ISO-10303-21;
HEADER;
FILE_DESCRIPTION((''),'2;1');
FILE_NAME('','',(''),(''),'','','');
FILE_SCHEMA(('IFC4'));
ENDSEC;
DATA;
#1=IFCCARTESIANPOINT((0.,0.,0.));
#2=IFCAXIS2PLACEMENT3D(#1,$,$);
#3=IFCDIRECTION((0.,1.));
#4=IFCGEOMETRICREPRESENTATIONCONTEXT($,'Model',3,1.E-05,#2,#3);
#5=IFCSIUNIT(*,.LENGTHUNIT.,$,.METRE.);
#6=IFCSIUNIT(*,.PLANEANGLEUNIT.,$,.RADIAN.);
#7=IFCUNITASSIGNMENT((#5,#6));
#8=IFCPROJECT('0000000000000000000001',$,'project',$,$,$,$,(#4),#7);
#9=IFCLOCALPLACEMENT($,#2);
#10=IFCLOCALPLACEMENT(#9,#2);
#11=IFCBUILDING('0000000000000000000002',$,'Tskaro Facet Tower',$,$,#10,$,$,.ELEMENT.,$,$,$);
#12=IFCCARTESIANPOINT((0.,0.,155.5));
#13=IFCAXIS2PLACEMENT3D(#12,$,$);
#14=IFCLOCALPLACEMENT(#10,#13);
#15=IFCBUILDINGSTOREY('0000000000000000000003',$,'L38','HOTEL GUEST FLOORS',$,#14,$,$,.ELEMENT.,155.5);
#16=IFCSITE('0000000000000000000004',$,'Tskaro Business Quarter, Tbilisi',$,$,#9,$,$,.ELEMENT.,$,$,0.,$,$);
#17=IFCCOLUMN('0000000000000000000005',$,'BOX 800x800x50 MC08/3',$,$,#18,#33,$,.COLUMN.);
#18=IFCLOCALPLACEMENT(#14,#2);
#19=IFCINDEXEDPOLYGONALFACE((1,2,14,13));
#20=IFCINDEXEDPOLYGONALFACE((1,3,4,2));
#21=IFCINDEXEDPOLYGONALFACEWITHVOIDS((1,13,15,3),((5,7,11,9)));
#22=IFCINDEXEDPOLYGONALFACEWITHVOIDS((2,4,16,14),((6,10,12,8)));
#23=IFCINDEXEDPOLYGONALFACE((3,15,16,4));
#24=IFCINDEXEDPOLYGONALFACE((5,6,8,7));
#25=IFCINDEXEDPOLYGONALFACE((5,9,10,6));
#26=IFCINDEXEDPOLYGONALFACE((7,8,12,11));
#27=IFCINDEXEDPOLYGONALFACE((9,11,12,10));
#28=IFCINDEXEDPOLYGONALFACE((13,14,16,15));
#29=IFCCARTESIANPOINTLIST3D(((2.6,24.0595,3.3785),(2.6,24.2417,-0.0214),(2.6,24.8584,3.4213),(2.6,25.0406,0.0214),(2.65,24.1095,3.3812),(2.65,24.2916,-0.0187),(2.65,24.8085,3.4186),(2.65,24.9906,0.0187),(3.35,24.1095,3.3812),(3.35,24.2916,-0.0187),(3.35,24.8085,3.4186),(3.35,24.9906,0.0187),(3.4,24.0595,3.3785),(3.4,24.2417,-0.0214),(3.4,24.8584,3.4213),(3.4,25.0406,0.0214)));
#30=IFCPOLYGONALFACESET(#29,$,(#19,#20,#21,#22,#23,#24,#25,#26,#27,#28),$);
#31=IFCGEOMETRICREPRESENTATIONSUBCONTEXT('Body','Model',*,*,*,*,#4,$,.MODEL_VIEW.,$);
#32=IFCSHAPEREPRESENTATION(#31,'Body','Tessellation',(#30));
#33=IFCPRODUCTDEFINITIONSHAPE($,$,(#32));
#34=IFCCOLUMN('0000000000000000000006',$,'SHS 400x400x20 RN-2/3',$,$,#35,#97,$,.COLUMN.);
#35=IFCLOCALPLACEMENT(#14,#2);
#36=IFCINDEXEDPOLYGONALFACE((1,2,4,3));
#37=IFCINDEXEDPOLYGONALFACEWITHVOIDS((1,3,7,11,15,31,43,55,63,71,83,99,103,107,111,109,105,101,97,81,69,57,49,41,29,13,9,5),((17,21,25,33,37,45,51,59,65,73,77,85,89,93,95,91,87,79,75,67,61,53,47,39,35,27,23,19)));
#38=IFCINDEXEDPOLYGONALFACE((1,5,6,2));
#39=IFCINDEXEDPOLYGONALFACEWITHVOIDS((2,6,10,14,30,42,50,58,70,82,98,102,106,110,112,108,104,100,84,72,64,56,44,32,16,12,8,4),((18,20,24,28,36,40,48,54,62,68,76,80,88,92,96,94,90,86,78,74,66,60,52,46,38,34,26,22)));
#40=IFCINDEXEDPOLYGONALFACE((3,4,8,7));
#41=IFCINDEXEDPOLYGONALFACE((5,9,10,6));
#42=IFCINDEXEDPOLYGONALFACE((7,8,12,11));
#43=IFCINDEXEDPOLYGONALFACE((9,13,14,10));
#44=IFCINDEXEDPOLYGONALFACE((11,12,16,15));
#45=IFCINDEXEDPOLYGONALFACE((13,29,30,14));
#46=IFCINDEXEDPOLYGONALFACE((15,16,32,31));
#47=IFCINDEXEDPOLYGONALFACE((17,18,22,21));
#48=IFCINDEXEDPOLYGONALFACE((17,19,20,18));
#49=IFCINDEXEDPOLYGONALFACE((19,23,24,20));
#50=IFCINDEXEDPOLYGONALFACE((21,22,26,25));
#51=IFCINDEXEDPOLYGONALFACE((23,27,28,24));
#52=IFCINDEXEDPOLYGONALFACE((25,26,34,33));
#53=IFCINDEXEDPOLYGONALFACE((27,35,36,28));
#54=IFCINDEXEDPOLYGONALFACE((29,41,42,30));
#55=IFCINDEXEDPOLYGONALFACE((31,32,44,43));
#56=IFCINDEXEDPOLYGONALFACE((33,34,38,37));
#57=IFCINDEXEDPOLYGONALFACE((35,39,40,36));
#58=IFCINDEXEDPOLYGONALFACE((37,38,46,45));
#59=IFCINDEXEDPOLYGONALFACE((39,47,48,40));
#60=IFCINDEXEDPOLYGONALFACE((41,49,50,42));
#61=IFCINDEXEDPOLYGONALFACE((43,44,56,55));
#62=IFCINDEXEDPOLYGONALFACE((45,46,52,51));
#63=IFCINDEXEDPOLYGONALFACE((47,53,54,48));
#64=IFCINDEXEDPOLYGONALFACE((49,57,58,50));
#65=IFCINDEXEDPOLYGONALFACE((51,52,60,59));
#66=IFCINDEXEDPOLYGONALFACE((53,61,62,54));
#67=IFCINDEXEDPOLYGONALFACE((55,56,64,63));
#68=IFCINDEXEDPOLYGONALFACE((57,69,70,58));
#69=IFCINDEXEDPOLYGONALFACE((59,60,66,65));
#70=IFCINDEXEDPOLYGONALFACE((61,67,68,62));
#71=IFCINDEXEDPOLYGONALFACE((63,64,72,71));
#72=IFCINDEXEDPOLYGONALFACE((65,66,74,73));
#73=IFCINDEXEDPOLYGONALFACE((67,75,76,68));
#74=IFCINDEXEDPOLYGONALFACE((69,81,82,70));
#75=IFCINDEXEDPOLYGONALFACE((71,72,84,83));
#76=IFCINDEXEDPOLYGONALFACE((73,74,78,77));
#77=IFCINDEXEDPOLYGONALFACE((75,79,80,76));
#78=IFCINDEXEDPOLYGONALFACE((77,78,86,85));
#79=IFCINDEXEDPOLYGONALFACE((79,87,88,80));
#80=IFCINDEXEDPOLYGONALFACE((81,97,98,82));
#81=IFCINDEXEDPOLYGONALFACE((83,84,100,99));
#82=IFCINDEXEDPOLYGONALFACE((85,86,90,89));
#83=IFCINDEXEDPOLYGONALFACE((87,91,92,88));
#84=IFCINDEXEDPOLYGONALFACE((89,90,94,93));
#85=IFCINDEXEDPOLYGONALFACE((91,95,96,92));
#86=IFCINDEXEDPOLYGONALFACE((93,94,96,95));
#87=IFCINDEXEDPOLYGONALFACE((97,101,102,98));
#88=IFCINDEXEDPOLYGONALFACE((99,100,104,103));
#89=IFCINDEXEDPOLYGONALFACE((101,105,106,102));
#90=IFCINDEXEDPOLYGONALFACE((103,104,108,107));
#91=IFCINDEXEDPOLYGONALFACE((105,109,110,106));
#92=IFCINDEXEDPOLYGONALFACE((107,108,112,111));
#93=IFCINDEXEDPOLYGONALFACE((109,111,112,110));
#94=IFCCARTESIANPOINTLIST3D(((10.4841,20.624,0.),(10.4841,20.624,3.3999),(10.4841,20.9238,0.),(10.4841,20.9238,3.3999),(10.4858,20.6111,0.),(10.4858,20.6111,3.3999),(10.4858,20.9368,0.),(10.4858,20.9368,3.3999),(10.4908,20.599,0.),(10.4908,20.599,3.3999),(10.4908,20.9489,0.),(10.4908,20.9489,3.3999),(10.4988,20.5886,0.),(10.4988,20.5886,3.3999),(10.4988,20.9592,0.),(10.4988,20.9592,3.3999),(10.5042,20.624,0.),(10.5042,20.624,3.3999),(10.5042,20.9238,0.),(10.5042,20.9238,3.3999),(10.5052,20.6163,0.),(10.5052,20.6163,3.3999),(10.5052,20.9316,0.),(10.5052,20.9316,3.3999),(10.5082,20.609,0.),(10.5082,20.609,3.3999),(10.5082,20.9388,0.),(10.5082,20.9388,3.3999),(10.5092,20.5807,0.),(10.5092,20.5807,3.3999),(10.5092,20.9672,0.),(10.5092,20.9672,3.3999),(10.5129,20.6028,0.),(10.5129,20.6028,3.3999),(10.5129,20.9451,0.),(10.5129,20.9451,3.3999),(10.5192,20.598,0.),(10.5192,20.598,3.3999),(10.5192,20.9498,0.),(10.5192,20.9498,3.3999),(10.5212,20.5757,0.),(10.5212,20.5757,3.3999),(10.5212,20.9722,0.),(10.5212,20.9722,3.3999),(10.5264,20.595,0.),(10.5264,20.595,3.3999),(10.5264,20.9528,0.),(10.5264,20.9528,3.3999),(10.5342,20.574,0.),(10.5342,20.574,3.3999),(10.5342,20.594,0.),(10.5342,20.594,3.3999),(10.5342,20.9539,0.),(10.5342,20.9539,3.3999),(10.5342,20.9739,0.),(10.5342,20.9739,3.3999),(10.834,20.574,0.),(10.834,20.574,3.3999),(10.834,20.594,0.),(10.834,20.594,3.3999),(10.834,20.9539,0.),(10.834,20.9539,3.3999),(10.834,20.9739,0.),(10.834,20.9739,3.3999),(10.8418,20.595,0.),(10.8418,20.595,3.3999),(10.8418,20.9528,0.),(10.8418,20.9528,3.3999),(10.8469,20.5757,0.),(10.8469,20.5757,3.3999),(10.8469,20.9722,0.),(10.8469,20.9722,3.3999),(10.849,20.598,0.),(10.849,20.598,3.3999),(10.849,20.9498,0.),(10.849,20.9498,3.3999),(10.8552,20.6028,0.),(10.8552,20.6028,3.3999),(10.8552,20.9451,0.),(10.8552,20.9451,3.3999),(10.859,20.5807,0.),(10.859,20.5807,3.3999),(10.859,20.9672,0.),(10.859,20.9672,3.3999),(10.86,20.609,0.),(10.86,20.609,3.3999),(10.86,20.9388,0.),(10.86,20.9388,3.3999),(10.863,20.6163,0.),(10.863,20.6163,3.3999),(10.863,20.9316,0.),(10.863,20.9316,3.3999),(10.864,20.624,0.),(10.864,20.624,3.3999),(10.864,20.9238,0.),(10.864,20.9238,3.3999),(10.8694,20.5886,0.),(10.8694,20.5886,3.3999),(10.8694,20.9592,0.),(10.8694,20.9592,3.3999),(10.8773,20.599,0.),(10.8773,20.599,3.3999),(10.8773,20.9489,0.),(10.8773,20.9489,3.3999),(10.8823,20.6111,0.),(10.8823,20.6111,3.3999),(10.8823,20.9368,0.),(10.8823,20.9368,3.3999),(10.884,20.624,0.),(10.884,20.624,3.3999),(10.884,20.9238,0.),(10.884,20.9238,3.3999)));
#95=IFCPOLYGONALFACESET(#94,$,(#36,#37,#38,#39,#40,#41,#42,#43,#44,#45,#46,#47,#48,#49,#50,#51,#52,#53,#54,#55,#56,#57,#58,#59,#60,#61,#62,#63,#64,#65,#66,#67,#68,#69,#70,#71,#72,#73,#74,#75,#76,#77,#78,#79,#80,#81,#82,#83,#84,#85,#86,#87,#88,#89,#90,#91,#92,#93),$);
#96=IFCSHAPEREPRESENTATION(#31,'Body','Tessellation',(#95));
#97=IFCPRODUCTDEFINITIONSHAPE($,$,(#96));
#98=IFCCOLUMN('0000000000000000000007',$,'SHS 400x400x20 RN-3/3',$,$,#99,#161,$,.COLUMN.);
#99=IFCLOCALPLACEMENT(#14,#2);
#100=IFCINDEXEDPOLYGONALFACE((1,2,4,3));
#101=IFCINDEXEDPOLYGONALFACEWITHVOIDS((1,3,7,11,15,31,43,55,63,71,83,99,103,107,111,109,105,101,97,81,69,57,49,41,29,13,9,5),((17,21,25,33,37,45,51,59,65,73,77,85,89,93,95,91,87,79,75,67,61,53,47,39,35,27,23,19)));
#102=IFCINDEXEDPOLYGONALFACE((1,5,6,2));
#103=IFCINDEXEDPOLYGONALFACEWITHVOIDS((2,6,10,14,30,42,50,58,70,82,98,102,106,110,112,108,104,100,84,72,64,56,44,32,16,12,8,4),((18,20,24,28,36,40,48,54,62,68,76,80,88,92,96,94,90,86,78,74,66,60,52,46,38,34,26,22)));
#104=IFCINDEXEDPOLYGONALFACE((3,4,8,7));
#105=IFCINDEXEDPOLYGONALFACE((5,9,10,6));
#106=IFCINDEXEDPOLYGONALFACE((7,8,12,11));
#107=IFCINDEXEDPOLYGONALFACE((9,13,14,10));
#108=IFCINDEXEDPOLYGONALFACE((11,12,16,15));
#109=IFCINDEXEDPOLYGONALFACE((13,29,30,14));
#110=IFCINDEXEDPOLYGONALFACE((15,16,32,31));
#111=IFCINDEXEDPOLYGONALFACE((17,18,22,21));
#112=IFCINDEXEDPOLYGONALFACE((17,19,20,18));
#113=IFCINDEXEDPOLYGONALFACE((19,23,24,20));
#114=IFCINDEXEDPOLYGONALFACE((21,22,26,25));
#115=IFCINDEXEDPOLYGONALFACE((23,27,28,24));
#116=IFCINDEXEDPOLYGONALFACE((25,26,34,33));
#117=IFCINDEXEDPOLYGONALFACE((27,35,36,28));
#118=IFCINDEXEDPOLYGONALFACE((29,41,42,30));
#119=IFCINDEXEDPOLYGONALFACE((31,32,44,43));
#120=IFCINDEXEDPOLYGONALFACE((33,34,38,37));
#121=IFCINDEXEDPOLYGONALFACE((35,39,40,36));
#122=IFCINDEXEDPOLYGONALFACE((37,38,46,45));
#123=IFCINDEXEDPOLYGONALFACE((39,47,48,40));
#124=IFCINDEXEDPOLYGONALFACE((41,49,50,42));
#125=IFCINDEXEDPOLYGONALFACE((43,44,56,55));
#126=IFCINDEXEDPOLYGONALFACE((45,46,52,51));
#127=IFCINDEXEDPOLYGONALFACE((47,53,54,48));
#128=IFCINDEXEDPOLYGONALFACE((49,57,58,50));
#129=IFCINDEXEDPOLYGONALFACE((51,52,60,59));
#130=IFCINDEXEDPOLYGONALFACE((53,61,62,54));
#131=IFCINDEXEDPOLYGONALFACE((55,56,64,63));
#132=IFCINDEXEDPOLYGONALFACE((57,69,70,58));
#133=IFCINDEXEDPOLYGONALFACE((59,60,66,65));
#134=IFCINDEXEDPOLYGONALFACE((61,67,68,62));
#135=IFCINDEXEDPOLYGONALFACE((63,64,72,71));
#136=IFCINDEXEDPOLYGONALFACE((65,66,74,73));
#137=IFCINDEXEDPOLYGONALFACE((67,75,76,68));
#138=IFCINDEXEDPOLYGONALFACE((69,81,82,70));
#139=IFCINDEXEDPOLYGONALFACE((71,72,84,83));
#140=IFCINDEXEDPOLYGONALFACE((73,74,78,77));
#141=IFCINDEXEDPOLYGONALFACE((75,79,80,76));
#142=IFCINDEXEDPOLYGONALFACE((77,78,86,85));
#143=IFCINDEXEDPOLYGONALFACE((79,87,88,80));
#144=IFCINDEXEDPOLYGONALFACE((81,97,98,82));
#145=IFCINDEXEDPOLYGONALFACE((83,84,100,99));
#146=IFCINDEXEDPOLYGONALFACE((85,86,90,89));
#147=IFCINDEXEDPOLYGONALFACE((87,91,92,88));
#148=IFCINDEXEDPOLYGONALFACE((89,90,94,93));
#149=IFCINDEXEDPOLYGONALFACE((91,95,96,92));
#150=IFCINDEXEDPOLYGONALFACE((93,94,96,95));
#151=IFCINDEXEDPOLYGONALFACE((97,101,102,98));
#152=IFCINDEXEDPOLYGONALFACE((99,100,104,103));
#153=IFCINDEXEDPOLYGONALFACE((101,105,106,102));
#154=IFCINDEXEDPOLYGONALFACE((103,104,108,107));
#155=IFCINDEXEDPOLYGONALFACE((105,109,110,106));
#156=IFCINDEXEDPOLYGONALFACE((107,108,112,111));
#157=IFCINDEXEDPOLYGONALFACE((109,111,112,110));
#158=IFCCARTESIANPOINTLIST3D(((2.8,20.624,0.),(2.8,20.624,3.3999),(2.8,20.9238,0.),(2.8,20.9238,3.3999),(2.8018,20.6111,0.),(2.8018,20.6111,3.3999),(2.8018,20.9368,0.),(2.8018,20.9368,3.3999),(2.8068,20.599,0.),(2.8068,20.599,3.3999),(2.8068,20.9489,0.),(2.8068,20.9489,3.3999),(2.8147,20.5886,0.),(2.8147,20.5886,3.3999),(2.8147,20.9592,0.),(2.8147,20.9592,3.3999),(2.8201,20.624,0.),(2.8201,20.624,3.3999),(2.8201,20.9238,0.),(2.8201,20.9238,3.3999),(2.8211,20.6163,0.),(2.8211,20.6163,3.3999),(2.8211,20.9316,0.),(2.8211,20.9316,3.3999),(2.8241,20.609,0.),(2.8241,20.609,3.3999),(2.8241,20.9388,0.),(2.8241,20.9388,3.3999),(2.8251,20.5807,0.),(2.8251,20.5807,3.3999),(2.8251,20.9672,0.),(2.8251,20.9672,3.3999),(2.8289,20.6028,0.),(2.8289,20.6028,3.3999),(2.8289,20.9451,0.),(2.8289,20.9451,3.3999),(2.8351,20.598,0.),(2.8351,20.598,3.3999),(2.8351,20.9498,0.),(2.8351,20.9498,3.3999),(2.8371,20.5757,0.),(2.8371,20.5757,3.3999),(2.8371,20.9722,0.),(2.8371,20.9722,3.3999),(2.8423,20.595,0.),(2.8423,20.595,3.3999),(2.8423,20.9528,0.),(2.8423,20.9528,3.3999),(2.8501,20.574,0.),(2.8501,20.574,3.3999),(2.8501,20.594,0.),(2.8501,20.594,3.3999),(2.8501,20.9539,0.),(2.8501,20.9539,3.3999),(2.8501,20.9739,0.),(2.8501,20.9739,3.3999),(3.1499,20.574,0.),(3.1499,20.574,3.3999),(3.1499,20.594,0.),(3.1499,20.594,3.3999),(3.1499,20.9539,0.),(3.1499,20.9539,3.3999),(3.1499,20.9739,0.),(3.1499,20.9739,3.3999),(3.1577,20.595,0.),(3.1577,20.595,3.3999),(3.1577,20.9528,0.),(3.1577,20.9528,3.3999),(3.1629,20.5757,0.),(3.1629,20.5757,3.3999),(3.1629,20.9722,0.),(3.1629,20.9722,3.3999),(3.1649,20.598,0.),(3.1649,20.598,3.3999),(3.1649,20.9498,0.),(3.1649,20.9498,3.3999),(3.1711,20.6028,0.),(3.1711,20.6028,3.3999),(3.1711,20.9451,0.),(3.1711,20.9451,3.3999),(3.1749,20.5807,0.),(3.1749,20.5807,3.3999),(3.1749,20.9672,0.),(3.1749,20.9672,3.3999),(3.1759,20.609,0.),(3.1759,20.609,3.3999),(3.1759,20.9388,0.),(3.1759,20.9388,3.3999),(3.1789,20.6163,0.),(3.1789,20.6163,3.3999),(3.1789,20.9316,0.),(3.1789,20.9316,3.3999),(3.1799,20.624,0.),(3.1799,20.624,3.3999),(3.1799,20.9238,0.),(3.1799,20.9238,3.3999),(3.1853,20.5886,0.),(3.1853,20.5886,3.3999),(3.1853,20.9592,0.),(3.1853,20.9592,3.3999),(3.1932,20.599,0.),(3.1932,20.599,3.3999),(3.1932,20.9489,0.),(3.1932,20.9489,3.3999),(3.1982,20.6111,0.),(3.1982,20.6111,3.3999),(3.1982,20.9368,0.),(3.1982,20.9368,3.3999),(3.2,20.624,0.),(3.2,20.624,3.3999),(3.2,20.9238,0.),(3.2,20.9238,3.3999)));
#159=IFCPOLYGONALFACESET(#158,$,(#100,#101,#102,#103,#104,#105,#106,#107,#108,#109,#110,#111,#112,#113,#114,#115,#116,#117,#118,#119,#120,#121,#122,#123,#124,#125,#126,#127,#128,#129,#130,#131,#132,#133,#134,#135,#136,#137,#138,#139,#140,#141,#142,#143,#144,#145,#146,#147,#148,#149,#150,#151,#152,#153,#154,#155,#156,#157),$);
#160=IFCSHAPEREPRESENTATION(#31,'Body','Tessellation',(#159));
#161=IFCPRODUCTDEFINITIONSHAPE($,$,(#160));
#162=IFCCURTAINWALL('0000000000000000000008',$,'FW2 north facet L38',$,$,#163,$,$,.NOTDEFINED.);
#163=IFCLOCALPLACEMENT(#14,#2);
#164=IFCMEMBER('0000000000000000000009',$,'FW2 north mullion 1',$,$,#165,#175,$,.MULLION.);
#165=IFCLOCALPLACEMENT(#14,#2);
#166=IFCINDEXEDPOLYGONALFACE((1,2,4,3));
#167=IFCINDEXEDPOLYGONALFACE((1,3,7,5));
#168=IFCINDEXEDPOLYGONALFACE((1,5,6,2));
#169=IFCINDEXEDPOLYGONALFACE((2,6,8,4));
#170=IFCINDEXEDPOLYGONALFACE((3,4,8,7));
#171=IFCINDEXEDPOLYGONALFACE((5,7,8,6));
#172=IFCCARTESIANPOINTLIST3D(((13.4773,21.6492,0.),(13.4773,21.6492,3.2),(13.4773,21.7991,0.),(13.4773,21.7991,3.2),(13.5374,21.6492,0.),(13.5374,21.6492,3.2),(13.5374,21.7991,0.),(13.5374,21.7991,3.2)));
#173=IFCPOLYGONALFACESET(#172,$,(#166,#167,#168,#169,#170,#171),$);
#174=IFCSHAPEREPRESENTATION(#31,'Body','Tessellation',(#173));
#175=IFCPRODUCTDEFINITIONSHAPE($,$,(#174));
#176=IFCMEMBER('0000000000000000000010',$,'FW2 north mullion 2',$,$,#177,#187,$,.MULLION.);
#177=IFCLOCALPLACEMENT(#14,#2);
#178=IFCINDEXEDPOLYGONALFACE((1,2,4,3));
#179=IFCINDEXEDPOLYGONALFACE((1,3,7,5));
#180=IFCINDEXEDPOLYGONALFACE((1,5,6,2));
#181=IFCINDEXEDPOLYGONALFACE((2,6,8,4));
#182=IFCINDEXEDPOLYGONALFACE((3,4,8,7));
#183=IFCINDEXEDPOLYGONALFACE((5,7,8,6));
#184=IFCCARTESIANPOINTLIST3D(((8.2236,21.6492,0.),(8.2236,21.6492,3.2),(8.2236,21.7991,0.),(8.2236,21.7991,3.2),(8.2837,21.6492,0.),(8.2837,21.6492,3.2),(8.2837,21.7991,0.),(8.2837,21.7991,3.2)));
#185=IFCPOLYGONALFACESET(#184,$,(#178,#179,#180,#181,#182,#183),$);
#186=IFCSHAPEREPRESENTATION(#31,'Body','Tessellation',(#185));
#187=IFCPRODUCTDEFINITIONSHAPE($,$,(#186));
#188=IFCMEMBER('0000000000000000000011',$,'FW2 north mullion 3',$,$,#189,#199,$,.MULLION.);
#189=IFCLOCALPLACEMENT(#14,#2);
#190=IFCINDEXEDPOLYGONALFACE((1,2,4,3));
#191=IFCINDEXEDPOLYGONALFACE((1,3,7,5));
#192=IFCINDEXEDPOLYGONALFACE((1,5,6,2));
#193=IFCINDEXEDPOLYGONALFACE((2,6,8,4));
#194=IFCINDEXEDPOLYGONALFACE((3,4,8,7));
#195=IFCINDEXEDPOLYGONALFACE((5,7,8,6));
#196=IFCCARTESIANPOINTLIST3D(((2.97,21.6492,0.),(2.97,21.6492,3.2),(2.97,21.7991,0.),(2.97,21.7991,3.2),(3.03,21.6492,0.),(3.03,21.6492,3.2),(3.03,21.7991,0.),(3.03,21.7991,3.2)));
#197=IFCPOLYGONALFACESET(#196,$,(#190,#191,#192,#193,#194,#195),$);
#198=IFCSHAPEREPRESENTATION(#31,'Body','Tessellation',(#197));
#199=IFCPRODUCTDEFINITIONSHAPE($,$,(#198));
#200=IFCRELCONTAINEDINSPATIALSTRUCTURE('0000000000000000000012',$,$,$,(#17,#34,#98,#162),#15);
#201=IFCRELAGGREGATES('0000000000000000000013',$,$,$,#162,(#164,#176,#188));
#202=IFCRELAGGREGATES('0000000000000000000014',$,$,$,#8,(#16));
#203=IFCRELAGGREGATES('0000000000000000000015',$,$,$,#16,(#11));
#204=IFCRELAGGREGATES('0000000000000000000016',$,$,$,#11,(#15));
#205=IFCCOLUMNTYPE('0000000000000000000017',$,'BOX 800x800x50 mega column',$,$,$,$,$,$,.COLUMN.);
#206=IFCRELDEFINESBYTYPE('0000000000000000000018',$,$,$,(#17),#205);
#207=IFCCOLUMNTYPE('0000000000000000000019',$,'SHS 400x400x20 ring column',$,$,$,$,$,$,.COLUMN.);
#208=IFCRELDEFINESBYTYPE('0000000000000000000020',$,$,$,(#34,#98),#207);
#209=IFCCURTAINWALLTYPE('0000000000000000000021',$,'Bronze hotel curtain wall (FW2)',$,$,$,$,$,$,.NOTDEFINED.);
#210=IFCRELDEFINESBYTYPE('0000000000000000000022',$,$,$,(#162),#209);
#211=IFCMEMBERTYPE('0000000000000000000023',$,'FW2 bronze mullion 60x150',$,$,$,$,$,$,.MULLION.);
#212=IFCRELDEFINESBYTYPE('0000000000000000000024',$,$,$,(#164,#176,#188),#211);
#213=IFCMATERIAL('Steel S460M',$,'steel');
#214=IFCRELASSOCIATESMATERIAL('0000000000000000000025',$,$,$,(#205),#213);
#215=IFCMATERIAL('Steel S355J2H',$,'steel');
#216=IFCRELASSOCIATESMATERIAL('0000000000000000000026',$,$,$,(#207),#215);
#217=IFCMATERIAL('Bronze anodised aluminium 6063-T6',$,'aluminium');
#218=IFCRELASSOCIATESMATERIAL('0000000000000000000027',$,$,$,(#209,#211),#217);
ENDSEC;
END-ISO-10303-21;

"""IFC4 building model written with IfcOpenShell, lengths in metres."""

from ifc_helpers import new_model, si_unit, direction, frame, origin, origin_2d, place, context, subcontext, project, spatial, rectangle, hollow_rectangle, extrude, material, material_profile, profile_set, type_object, element, aggregate, save


model = new_model("IFC4")

# Units and contexts
model_context = context("Model", 3, precision=1e-05, world=origin(), true_north=direction((0.0, 1.0)))
body_context = subcontext(model_context, "Body", "Model", "MODEL_VIEW")
ifc_project = project(units=[si_unit("LENGTHUNIT", "METRE"), si_unit("PLANEANGLEUNIT", "RADIAN")], contexts=[model_context])

# Site, building, storey
site_placement = place(None, origin())
site = spatial("IfcSite", under=ifc_project, at=site_placement, Name="Tskaro Business Quarter, Tbilisi", CompositionType="ELEMENT", RefElevation=0.0)
building_placement = place(site_placement, origin())
building = spatial("IfcBuilding", under=site, at=building_placement, Name="Tskaro Facet Tower", CompositionType="ELEMENT")
storey_placement = place(building_placement, frame((0.0, 0.0, 155.5)))
storey = spatial("IfcBuildingStorey", under=building, at=storey_placement, Name="L38", Description="HOTEL GUEST FLOORS", CompositionType="ELEMENT", Elevation=155.5)

# Columns
ifc_material_1 = material(Name="Steel S460M", Category="steel")
ifc_material_profile_1 = material_profile(ifc_material_1, hollow_rectangle(XDim=0.8, YDim=0.8, WallThickness=0.05, at=origin_2d()), Name="BOX 800x800x50")
ifc_profile_set_1 = profile_set([ifc_material_profile_1], Name="Steel S460M")
column_type_1 = type_object("IfcColumnType", Name="BOX 800x800x50 mega column", PredefinedType="COLUMN", material=ifc_profile_set_1)
column_placement = place(storey_placement, frame((3.0, 24.6411, 0.0), z_axis=(0.0, -0.053492, 0.998568), x_axis=(1.0, 0.0, 0.0)))
element("IfcColumn", 1, at=column_placement, inside=storey, type_object=column_type_1, Name="BOX 800x800x50 MC08/3", PredefinedType="COLUMN", context=body_context, shape_type="SweptSolid", body=[
    extrude(hollow_rectangle(XDim=0.8, YDim=0.8, WallThickness=0.05, at=origin_2d()), origin(), (0.0, 0.0, 1.0), 3.4048),
])
ifc_material_2 = material(Name="Steel S355J2H", Category="steel")
ifc_material_profile_2 = material_profile(ifc_material_2, hollow_rectangle(XDim=0.3999, YDim=0.3999, WallThickness=0.02, InnerFilletRadius=0.03, OuterFilletRadius=0.05, at=origin_2d()), Name="SHS 400x400x20")
ifc_profile_set_2 = profile_set([ifc_material_profile_2], Name="Steel S355J2H")
column_type_2 = type_object("IfcColumnType", Name="SHS 400x400x20 ring column", PredefinedType="COLUMN", material=ifc_profile_set_2)
for number, where, z_axis, x_axis, name in (
    (2, (10.6841, 20.7739, 0.0), (0.0, 0.0, 1.0), (1.0, 0.0, 0.0), "SHS 400x400x20 RN-2/3"),
    (3, (3.0, 20.7739, 0.0), (0.0, 0.0, 1.0), (1.0, 0.0, 0.0), "SHS 400x400x20 RN-3/3"),
):
    element("IfcColumn", number, at=place(storey_placement, frame(where, z_axis=z_axis, x_axis=x_axis)), inside=storey, type_object=column_type_2, Name=name, PredefinedType="COLUMN", context=body_context, shape_type="SweptSolid", body=[
        extrude(hollow_rectangle(XDim=0.3999, YDim=0.3999, WallThickness=0.02, InnerFilletRadius=0.03, OuterFilletRadius=0.05, at=origin_2d()), origin(), (0.0, 0.0, 1.0), 3.3999),
    ])

# Curtain wall, members
ifc_material_3 = material(Name="Bronze anodised aluminium 6063-T6", Category="aluminium")
curtain_wall_type = type_object("IfcCurtainWallType", Name="Bronze hotel curtain wall (FW2)", PredefinedType="NOTDEFINED", material=ifc_material_3)
curtain_wall_placement = place(storey_placement, origin())
curtain_wall = element("IfcCurtainWall", 4, at=curtain_wall_placement, inside=storey, type_object=curtain_wall_type, Name="FW2 north facet L38", PredefinedType="NOTDEFINED")
ifc_material_profile_3 = material_profile(ifc_material_3, rectangle(XDim=0.0601, YDim=0.1499, at=origin_2d()), Name="Mullion 60x150")
ifc_profile_set_3 = profile_set([ifc_material_profile_3], Name="Bronze anodised aluminium 6063-T6")
member_type_1 = type_object("IfcMemberType", Name="FW2 bronze mullion 60x150", PredefinedType="MULLION", material=ifc_profile_set_3)
member_1_placement = place(storey_placement, frame((13.5073, 21.7241, 0.0), z_axis=(0.0, 0.0, 1.0), x_axis=(-1.0, 0.0, 0.0)))
member_1 = element("IfcMember", 5, at=member_1_placement, type_object=member_type_1, Name="FW2 north mullion 1", PredefinedType="MULLION", context=body_context, shape_type="SweptSolid", body=[
    extrude(rectangle(XDim=0.0601, YDim=0.1499, at=origin_2d()), origin(), (0.0, 0.0, 1.0), 3.2),
])
member_2_placement = place(storey_placement, frame((8.2537, 21.7241, 0.0), z_axis=(0.0, 0.0, 1.0), x_axis=(-1.0, 0.0, 0.0)))
member_2 = element("IfcMember", 6, at=member_2_placement, type_object=member_type_1, Name="FW2 north mullion 2", PredefinedType="MULLION", context=body_context, shape_type="SweptSolid", body=[
    extrude(rectangle(XDim=0.0601, YDim=0.1499, at=origin_2d()), origin(), (0.0, 0.0, 1.0), 3.2),
])
member_3_placement = place(storey_placement, frame((3.0, 21.7241, 0.0), z_axis=(0.0, 0.0, 1.0), x_axis=(-1.0, 0.0, 0.0)))
member_3 = element("IfcMember", 7, at=member_3_placement, type_object=member_type_1, Name="FW2 north mullion 3", PredefinedType="MULLION", context=body_context, shape_type="SweptSolid", body=[
    extrude(rectangle(XDim=0.0601, YDim=0.1499, at=origin_2d()), origin(), (0.0, 0.0, 1.0), 3.2),
])

aggregate(curtain_wall, [member_1, member_2, member_3])

save(model, "model.ifc")
